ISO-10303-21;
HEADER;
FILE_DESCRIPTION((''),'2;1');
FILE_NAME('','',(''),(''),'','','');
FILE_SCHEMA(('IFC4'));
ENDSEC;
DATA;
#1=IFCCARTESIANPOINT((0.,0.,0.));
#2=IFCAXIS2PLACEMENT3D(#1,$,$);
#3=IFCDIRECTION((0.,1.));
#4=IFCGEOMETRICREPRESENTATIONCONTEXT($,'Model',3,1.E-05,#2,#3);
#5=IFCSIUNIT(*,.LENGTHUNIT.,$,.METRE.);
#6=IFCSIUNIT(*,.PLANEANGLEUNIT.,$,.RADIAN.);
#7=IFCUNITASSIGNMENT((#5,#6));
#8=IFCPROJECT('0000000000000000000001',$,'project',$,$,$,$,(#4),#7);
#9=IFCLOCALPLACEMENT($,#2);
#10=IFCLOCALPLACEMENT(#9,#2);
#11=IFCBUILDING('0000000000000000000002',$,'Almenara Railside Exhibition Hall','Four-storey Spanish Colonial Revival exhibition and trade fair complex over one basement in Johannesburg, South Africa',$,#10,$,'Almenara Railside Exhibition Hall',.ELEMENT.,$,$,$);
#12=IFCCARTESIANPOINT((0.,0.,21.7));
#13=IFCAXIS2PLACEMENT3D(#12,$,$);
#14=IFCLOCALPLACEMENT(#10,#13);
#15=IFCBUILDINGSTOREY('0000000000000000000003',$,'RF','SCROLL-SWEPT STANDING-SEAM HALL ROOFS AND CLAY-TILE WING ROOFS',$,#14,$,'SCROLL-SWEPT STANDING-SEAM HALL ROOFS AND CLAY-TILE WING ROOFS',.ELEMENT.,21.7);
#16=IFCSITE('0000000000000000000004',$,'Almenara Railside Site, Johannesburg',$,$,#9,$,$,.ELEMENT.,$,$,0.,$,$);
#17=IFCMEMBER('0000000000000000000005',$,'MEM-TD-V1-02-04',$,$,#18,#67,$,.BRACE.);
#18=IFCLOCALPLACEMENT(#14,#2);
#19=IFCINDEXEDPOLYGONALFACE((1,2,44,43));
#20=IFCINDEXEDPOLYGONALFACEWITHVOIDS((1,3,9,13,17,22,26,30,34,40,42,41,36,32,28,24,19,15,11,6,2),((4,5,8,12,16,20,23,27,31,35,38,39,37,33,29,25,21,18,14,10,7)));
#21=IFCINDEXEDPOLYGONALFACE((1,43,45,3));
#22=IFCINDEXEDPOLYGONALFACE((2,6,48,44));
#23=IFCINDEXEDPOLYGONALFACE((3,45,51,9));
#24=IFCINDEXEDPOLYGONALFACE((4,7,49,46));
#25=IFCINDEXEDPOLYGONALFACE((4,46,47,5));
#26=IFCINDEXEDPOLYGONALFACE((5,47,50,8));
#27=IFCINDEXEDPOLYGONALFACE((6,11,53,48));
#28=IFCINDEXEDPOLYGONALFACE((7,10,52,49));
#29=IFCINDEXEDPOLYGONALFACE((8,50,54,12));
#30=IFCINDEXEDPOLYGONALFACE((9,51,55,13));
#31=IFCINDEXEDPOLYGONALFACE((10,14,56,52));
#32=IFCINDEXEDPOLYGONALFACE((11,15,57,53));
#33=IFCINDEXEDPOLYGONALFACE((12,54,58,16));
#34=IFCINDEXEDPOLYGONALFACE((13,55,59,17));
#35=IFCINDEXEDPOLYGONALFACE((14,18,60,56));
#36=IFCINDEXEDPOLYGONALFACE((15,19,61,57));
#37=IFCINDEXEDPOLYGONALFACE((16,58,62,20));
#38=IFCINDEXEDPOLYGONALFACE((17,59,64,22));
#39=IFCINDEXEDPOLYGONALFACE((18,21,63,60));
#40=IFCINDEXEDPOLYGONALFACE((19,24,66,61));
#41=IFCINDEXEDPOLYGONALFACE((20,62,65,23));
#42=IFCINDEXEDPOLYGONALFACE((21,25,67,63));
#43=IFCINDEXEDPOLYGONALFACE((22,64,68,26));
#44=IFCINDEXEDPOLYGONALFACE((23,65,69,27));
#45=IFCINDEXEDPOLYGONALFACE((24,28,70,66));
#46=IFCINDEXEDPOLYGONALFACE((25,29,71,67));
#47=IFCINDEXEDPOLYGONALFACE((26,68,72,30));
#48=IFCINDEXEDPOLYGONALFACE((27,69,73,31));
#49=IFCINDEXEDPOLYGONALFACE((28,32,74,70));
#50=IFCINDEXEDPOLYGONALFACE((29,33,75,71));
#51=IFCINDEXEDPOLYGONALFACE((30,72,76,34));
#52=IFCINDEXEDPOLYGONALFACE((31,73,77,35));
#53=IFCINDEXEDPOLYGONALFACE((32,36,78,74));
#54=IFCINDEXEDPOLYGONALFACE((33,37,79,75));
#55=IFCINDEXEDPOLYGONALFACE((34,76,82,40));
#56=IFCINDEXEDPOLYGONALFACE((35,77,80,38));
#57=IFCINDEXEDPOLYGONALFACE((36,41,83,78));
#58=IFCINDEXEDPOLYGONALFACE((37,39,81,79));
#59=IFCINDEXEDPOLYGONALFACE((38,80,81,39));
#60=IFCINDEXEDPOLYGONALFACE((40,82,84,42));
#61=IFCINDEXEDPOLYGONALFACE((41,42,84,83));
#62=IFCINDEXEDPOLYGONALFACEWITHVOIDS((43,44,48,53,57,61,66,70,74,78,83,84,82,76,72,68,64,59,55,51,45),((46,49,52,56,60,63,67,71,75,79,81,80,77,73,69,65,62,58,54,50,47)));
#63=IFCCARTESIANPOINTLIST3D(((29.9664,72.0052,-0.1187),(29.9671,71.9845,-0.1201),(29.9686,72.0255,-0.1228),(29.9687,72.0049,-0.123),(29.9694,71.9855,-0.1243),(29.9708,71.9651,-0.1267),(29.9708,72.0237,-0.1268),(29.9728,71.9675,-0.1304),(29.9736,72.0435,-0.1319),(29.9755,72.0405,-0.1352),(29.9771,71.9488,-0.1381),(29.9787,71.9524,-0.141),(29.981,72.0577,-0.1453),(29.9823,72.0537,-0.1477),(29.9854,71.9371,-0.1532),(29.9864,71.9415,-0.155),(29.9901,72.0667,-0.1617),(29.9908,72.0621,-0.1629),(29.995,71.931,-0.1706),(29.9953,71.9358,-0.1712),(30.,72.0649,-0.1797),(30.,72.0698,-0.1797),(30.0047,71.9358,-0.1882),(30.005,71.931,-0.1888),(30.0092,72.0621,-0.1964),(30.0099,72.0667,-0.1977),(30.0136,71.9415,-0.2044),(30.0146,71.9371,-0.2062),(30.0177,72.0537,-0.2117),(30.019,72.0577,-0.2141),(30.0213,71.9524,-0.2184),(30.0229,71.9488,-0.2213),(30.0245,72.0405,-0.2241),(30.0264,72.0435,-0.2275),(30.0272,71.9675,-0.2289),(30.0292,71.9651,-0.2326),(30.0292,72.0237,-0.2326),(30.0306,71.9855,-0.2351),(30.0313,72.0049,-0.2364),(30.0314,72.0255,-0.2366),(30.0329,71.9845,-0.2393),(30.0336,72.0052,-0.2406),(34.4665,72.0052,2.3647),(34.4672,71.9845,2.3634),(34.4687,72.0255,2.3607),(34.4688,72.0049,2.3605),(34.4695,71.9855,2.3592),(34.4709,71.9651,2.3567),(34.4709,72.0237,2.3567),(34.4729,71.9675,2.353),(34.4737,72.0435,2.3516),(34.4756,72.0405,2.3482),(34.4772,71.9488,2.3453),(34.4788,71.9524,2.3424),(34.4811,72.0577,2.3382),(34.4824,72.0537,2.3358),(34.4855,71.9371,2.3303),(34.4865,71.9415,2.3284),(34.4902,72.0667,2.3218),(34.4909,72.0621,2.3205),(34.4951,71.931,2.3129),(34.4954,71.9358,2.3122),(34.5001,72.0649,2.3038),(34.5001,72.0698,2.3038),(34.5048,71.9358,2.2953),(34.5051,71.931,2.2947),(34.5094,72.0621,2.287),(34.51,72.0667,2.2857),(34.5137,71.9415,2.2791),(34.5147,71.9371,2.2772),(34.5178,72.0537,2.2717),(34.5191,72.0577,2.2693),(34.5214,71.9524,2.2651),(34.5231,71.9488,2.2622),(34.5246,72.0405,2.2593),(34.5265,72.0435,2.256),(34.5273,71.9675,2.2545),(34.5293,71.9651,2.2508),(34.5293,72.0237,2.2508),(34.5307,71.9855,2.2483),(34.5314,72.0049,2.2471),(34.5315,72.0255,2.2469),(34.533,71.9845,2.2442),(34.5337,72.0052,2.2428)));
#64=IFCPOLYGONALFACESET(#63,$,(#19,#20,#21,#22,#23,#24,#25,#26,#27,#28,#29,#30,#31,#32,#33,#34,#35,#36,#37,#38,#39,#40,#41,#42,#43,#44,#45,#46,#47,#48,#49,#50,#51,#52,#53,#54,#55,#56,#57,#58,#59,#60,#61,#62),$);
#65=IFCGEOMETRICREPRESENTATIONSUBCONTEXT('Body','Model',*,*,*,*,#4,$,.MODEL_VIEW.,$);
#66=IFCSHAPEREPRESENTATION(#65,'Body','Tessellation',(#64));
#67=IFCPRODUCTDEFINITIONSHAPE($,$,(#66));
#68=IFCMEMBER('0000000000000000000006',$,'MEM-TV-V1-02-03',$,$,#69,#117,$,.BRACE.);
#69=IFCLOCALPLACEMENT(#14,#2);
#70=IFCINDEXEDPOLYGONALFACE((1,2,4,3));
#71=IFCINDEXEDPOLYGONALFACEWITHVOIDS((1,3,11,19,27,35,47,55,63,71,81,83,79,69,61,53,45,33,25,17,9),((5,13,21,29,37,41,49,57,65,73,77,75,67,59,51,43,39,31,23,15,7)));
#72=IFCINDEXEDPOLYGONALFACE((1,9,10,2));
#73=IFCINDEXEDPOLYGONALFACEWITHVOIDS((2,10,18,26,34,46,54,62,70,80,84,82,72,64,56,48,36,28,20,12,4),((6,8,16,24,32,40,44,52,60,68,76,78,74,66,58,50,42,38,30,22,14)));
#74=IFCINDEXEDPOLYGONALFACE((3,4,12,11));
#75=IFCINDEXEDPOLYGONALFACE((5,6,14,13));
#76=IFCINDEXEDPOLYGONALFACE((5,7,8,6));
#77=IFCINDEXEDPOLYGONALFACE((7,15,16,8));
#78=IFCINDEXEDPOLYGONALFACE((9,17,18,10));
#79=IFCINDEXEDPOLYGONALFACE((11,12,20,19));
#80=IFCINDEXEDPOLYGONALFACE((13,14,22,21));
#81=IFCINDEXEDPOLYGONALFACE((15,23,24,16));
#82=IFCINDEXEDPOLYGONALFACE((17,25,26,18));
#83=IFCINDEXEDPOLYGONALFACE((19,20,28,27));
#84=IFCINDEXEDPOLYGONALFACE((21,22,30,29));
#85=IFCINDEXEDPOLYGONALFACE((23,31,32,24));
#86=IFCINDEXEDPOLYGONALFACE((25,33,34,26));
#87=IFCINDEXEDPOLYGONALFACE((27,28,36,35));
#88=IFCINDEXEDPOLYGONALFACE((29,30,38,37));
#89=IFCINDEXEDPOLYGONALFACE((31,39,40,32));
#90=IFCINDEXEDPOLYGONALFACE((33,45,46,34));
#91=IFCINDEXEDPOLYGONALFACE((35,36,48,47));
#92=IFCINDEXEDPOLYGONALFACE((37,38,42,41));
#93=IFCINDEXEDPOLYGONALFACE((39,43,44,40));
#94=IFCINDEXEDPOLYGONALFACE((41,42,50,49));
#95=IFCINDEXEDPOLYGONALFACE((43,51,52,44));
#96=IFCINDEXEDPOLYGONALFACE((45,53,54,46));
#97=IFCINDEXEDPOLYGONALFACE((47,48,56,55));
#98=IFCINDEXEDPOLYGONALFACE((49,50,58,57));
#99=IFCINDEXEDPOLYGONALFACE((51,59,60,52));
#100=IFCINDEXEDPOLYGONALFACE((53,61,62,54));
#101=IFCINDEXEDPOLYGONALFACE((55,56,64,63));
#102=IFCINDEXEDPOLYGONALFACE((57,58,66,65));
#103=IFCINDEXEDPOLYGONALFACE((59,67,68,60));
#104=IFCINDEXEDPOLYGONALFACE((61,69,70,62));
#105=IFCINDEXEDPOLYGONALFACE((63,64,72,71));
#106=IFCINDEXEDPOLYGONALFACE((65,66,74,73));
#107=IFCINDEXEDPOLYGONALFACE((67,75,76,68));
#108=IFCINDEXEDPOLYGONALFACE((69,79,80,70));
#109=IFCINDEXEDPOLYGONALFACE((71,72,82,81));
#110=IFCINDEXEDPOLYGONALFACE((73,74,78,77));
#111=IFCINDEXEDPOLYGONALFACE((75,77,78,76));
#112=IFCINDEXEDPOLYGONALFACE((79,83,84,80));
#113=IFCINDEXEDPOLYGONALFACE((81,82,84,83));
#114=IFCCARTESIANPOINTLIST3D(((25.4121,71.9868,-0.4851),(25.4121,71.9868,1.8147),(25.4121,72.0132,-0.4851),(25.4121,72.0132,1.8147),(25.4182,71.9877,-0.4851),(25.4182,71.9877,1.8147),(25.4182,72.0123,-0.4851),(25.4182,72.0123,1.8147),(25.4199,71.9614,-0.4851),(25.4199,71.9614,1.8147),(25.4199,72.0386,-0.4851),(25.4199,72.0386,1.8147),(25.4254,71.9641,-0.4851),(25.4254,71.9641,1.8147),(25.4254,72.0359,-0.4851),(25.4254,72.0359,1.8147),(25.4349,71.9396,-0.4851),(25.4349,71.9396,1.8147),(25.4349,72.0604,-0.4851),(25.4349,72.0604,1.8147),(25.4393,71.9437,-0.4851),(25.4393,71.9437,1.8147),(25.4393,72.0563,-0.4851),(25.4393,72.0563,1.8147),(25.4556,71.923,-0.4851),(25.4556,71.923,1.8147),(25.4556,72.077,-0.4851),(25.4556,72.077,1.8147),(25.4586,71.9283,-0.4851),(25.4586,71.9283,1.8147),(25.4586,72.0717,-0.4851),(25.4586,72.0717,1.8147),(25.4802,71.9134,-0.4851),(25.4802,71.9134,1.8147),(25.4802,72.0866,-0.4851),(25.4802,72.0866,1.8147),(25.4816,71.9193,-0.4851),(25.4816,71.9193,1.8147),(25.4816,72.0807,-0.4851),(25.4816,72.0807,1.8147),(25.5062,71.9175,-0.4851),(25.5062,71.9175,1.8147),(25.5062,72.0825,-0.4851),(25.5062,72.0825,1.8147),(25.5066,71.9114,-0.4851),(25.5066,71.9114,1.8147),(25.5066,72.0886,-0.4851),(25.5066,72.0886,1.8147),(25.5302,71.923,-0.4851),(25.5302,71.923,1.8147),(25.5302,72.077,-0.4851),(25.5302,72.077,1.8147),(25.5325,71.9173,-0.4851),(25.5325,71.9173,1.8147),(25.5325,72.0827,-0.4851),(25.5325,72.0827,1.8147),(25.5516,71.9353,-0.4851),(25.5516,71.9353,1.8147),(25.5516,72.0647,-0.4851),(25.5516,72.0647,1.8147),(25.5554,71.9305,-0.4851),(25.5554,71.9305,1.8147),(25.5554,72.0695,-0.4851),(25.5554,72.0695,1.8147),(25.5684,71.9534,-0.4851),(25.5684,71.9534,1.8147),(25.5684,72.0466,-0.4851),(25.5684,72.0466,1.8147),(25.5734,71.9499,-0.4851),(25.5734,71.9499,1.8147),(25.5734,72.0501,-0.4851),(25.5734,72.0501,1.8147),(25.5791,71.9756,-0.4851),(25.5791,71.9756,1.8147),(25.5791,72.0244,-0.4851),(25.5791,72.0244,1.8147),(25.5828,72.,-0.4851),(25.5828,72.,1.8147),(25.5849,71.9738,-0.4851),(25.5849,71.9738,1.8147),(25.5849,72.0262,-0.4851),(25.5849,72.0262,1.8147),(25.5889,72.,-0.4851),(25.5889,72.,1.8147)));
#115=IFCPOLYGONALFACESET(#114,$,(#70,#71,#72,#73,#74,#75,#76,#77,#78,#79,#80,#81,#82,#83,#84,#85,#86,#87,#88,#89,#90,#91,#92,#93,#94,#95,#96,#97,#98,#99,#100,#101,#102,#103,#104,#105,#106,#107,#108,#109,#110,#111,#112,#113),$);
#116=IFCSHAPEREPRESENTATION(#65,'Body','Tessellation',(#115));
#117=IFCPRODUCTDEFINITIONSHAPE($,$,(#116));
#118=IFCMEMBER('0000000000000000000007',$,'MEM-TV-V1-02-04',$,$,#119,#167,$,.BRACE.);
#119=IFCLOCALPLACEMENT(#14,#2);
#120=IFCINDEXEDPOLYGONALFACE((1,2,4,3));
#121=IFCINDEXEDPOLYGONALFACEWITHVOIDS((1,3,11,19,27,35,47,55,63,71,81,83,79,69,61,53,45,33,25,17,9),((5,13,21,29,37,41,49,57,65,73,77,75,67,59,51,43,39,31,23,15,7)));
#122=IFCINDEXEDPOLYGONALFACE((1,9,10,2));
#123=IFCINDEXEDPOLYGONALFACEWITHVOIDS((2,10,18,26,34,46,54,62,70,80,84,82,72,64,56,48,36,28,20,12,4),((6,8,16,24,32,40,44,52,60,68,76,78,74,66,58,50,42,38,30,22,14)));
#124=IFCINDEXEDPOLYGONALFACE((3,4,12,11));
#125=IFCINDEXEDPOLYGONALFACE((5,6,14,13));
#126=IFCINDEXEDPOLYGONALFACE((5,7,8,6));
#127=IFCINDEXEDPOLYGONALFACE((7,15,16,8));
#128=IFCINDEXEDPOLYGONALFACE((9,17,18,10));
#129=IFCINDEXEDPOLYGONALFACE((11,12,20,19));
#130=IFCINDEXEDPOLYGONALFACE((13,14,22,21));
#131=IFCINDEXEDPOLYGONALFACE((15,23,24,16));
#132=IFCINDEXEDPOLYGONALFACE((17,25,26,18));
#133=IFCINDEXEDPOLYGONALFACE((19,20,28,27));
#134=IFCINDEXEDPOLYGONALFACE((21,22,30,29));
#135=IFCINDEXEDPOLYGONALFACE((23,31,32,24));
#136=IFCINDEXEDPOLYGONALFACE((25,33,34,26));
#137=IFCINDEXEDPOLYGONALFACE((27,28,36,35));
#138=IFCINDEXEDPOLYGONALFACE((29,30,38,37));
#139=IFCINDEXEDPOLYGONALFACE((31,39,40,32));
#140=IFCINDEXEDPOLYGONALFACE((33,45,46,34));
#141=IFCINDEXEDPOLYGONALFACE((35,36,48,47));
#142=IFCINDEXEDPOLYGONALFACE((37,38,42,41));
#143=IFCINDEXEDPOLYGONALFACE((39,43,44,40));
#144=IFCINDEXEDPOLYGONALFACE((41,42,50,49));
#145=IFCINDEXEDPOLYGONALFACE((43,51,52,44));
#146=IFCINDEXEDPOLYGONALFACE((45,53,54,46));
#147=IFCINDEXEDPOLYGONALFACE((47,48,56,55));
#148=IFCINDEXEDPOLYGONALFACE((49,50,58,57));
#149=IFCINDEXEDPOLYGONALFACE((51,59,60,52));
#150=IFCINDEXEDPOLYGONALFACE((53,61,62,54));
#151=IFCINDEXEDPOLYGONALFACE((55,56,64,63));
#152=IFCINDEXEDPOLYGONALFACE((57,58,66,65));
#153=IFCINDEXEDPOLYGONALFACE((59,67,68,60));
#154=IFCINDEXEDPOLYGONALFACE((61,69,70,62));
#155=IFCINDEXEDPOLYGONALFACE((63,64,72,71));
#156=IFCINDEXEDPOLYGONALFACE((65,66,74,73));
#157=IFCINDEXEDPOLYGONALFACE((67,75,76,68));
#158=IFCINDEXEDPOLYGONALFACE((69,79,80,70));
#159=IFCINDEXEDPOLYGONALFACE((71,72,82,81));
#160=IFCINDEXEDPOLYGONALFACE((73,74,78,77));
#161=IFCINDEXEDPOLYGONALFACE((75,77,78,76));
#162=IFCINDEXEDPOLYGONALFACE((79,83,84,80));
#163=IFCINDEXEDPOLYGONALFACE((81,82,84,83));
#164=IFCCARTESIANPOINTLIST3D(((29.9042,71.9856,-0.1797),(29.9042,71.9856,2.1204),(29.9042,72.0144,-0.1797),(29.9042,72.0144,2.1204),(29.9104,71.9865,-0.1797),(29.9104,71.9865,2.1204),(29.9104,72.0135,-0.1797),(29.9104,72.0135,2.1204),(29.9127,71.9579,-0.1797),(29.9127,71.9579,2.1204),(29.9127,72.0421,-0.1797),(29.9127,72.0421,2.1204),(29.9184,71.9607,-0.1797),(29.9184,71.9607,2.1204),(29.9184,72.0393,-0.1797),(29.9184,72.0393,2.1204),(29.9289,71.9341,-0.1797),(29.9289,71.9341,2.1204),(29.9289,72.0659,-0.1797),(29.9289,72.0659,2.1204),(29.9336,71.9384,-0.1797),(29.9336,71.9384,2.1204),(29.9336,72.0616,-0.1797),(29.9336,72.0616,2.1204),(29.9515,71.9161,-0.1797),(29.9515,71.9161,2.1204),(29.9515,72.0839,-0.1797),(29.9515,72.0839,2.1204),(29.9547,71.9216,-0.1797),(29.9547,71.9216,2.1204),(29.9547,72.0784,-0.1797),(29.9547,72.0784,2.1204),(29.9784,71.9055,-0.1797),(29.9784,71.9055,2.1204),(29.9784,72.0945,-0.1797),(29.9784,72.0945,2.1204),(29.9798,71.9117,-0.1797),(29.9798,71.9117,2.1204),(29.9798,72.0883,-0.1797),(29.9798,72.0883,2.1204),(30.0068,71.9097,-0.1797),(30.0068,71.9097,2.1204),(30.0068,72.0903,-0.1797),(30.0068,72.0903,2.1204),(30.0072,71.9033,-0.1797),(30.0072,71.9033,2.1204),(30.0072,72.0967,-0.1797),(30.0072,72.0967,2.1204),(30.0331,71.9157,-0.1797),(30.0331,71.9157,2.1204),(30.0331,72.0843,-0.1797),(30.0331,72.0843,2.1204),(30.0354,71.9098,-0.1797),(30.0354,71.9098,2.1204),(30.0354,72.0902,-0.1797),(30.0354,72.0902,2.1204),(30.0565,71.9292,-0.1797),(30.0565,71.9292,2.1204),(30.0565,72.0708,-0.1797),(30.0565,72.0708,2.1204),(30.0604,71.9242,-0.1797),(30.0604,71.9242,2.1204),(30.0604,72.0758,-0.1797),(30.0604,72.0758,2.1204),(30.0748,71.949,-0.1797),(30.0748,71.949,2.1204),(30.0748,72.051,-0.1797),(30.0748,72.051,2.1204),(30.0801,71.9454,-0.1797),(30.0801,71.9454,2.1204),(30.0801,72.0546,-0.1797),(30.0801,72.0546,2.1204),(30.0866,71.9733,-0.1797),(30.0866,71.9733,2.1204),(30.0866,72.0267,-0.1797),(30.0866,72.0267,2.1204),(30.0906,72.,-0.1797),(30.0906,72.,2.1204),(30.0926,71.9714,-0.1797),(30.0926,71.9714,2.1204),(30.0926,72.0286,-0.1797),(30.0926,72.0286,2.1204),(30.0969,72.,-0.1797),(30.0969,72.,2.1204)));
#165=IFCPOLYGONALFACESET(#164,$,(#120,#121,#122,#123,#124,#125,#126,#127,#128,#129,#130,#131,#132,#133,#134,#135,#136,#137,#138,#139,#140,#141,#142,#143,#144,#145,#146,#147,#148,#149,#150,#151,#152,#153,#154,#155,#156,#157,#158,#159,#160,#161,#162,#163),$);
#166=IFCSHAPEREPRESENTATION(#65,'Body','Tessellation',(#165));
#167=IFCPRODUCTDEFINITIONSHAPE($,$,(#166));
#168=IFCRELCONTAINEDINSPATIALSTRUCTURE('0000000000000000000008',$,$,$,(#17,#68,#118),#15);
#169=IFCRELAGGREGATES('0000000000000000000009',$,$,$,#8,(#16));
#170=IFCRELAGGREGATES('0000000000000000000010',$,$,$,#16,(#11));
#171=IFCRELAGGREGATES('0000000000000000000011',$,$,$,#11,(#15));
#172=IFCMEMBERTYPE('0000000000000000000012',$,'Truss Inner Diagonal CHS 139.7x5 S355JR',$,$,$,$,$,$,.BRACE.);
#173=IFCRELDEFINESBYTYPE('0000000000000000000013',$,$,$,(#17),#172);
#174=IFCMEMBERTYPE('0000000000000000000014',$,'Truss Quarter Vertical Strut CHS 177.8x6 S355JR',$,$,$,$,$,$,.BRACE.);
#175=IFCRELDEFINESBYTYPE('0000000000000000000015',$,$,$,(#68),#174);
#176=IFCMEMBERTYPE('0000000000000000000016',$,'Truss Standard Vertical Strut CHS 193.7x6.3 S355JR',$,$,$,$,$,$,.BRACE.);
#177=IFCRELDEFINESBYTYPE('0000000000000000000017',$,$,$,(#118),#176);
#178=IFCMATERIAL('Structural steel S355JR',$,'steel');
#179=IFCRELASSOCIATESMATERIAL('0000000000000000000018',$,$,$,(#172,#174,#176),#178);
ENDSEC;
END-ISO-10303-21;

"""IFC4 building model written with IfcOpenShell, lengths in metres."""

from ifc_helpers import new_model, si_unit, direction, frame, origin, origin_2d, place, context, subcontext, project, spatial, hollow_circle, extrude, material, material_profile, profile_set, type_object, element, save


model = new_model("IFC4")

# Units and contexts
model_context = context("Model", 3, precision=1e-05, world=origin(), true_north=direction((0.0, 1.0)))
body_context = subcontext(model_context, "Body", "Model", "MODEL_VIEW")
ifc_project = project(units=[si_unit("LENGTHUNIT", "METRE"), si_unit("PLANEANGLEUNIT", "RADIAN")], contexts=[model_context])

# Site, building, storey
site_placement = place(None, origin())
site = spatial("IfcSite", under=ifc_project, at=site_placement, Name="Almenara Railside Site, Johannesburg", CompositionType="ELEMENT", RefElevation=0.0)
building_placement = place(site_placement, origin())
building = spatial("IfcBuilding", under=site, at=building_placement, Name="Almenara Railside Exhibition Hall", Description="Four-storey Spanish Colonial Revival exhibition and trade fair complex over one basement in Johannesburg, South Africa", LongName="Almenara Railside Exhibition Hall", CompositionType="ELEMENT")
storey_placement = place(building_placement, frame((0.0, 0.0, 21.7)))
storey = spatial("IfcBuildingStorey", under=building, at=storey_placement, Name="RF", Description="SCROLL-SWEPT STANDING-SEAM HALL ROOFS AND CLAY-TILE WING ROOFS", LongName="SCROLL-SWEPT STANDING-SEAM HALL ROOFS AND CLAY-TILE WING ROOFS", CompositionType="ELEMENT", Elevation=21.7)

# Members
ifc_material_1 = material(Name="Structural steel S355JR", Category="steel")
ifc_material_profile_1 = material_profile(ifc_material_1, hollow_circle(Radius=0.0698, WallThickness=0.0049, at=origin_2d()), Name="CHS 139.7x5")
ifc_profile_set_1 = profile_set([ifc_material_profile_1], Name="Structural steel S355JR")
member_type_1 = type_object("IfcMemberType", Name="Truss Inner Diagonal CHS 139.7x5 S355JR", PredefinedType="BRACE", material=ifc_profile_set_1)
member_1_placement = place(storey_placement, frame((30.0, 72.0, -0.1797), z_axis=(0.875525, 0.0, 0.483173), x_axis=(0.0, 1.0, 0.0)))
element("IfcMember", 1, at=member_1_placement, inside=storey, type_object=member_type_1, Name="MEM-TD-V1-02-04", PredefinedType="BRACE", context=body_context, shape_type="SweptSolid", body=[
    extrude(hollow_circle(Radius=0.0698, WallThickness=0.0049, at=origin_2d()), origin(), (0.0, 0.0, 1.0), 5.1399),
])
ifc_material_profile_2 = material_profile(ifc_material_1, hollow_circle(Radius=0.0889, WallThickness=0.0061, at=origin_2d()), Name="CHS 177.8x6")
ifc_profile_set_2 = profile_set([ifc_material_profile_2], Name="Structural steel S355JR")
member_type_2 = type_object("IfcMemberType", Name="Truss Quarter Vertical Strut CHS 177.8x6 S355JR", PredefinedType="BRACE", material=ifc_profile_set_2)
member_2_placement = place(storey_placement, frame((25.5, 72.0, -0.4851), z_axis=(0.0, 0.0, 1.0), x_axis=(1.0, 0.0, 0.0)))
element("IfcMember", 2, at=member_2_placement, inside=storey, type_object=member_type_2, Name="MEM-TV-V1-02-03", PredefinedType="BRACE", context=body_context, shape_type="SweptSolid", body=[
    extrude(hollow_circle(Radius=0.0889, WallThickness=0.0061, at=origin_2d()), origin(), (0.0, 0.0, 1.0), 2.2998),
])
ifc_material_profile_3 = material_profile(ifc_material_1, hollow_circle(Radius=0.0969, WallThickness=0.0063, at=origin_2d()), Name="CHS 193.7x6.3")
ifc_profile_set_3 = profile_set([ifc_material_profile_3], Name="Structural steel S355JR")
member_type_3 = type_object("IfcMemberType", Name="Truss Standard Vertical Strut CHS 193.7x6.3 S355JR", PredefinedType="BRACE", material=ifc_profile_set_3)
for number, where, z_axis, x_axis, name in (
    (3, (30.0, 72.0, -0.1797), (0.0, 0.0, 1.0), (1.0, 0.0, 0.0), "MEM-TV-V1-02-04"),
):
    element("IfcMember", number, at=place(storey_placement, frame(where, z_axis=z_axis, x_axis=x_axis)), inside=storey, type_object=member_type_3, Name=name, PredefinedType="BRACE", context=body_context, shape_type="SweptSolid", body=[
        extrude(hollow_circle(Radius=0.0969, WallThickness=0.0063, at=origin_2d()), origin(), (0.0, 0.0, 1.0), 2.3),
    ])

save(model, "model.ifc")
